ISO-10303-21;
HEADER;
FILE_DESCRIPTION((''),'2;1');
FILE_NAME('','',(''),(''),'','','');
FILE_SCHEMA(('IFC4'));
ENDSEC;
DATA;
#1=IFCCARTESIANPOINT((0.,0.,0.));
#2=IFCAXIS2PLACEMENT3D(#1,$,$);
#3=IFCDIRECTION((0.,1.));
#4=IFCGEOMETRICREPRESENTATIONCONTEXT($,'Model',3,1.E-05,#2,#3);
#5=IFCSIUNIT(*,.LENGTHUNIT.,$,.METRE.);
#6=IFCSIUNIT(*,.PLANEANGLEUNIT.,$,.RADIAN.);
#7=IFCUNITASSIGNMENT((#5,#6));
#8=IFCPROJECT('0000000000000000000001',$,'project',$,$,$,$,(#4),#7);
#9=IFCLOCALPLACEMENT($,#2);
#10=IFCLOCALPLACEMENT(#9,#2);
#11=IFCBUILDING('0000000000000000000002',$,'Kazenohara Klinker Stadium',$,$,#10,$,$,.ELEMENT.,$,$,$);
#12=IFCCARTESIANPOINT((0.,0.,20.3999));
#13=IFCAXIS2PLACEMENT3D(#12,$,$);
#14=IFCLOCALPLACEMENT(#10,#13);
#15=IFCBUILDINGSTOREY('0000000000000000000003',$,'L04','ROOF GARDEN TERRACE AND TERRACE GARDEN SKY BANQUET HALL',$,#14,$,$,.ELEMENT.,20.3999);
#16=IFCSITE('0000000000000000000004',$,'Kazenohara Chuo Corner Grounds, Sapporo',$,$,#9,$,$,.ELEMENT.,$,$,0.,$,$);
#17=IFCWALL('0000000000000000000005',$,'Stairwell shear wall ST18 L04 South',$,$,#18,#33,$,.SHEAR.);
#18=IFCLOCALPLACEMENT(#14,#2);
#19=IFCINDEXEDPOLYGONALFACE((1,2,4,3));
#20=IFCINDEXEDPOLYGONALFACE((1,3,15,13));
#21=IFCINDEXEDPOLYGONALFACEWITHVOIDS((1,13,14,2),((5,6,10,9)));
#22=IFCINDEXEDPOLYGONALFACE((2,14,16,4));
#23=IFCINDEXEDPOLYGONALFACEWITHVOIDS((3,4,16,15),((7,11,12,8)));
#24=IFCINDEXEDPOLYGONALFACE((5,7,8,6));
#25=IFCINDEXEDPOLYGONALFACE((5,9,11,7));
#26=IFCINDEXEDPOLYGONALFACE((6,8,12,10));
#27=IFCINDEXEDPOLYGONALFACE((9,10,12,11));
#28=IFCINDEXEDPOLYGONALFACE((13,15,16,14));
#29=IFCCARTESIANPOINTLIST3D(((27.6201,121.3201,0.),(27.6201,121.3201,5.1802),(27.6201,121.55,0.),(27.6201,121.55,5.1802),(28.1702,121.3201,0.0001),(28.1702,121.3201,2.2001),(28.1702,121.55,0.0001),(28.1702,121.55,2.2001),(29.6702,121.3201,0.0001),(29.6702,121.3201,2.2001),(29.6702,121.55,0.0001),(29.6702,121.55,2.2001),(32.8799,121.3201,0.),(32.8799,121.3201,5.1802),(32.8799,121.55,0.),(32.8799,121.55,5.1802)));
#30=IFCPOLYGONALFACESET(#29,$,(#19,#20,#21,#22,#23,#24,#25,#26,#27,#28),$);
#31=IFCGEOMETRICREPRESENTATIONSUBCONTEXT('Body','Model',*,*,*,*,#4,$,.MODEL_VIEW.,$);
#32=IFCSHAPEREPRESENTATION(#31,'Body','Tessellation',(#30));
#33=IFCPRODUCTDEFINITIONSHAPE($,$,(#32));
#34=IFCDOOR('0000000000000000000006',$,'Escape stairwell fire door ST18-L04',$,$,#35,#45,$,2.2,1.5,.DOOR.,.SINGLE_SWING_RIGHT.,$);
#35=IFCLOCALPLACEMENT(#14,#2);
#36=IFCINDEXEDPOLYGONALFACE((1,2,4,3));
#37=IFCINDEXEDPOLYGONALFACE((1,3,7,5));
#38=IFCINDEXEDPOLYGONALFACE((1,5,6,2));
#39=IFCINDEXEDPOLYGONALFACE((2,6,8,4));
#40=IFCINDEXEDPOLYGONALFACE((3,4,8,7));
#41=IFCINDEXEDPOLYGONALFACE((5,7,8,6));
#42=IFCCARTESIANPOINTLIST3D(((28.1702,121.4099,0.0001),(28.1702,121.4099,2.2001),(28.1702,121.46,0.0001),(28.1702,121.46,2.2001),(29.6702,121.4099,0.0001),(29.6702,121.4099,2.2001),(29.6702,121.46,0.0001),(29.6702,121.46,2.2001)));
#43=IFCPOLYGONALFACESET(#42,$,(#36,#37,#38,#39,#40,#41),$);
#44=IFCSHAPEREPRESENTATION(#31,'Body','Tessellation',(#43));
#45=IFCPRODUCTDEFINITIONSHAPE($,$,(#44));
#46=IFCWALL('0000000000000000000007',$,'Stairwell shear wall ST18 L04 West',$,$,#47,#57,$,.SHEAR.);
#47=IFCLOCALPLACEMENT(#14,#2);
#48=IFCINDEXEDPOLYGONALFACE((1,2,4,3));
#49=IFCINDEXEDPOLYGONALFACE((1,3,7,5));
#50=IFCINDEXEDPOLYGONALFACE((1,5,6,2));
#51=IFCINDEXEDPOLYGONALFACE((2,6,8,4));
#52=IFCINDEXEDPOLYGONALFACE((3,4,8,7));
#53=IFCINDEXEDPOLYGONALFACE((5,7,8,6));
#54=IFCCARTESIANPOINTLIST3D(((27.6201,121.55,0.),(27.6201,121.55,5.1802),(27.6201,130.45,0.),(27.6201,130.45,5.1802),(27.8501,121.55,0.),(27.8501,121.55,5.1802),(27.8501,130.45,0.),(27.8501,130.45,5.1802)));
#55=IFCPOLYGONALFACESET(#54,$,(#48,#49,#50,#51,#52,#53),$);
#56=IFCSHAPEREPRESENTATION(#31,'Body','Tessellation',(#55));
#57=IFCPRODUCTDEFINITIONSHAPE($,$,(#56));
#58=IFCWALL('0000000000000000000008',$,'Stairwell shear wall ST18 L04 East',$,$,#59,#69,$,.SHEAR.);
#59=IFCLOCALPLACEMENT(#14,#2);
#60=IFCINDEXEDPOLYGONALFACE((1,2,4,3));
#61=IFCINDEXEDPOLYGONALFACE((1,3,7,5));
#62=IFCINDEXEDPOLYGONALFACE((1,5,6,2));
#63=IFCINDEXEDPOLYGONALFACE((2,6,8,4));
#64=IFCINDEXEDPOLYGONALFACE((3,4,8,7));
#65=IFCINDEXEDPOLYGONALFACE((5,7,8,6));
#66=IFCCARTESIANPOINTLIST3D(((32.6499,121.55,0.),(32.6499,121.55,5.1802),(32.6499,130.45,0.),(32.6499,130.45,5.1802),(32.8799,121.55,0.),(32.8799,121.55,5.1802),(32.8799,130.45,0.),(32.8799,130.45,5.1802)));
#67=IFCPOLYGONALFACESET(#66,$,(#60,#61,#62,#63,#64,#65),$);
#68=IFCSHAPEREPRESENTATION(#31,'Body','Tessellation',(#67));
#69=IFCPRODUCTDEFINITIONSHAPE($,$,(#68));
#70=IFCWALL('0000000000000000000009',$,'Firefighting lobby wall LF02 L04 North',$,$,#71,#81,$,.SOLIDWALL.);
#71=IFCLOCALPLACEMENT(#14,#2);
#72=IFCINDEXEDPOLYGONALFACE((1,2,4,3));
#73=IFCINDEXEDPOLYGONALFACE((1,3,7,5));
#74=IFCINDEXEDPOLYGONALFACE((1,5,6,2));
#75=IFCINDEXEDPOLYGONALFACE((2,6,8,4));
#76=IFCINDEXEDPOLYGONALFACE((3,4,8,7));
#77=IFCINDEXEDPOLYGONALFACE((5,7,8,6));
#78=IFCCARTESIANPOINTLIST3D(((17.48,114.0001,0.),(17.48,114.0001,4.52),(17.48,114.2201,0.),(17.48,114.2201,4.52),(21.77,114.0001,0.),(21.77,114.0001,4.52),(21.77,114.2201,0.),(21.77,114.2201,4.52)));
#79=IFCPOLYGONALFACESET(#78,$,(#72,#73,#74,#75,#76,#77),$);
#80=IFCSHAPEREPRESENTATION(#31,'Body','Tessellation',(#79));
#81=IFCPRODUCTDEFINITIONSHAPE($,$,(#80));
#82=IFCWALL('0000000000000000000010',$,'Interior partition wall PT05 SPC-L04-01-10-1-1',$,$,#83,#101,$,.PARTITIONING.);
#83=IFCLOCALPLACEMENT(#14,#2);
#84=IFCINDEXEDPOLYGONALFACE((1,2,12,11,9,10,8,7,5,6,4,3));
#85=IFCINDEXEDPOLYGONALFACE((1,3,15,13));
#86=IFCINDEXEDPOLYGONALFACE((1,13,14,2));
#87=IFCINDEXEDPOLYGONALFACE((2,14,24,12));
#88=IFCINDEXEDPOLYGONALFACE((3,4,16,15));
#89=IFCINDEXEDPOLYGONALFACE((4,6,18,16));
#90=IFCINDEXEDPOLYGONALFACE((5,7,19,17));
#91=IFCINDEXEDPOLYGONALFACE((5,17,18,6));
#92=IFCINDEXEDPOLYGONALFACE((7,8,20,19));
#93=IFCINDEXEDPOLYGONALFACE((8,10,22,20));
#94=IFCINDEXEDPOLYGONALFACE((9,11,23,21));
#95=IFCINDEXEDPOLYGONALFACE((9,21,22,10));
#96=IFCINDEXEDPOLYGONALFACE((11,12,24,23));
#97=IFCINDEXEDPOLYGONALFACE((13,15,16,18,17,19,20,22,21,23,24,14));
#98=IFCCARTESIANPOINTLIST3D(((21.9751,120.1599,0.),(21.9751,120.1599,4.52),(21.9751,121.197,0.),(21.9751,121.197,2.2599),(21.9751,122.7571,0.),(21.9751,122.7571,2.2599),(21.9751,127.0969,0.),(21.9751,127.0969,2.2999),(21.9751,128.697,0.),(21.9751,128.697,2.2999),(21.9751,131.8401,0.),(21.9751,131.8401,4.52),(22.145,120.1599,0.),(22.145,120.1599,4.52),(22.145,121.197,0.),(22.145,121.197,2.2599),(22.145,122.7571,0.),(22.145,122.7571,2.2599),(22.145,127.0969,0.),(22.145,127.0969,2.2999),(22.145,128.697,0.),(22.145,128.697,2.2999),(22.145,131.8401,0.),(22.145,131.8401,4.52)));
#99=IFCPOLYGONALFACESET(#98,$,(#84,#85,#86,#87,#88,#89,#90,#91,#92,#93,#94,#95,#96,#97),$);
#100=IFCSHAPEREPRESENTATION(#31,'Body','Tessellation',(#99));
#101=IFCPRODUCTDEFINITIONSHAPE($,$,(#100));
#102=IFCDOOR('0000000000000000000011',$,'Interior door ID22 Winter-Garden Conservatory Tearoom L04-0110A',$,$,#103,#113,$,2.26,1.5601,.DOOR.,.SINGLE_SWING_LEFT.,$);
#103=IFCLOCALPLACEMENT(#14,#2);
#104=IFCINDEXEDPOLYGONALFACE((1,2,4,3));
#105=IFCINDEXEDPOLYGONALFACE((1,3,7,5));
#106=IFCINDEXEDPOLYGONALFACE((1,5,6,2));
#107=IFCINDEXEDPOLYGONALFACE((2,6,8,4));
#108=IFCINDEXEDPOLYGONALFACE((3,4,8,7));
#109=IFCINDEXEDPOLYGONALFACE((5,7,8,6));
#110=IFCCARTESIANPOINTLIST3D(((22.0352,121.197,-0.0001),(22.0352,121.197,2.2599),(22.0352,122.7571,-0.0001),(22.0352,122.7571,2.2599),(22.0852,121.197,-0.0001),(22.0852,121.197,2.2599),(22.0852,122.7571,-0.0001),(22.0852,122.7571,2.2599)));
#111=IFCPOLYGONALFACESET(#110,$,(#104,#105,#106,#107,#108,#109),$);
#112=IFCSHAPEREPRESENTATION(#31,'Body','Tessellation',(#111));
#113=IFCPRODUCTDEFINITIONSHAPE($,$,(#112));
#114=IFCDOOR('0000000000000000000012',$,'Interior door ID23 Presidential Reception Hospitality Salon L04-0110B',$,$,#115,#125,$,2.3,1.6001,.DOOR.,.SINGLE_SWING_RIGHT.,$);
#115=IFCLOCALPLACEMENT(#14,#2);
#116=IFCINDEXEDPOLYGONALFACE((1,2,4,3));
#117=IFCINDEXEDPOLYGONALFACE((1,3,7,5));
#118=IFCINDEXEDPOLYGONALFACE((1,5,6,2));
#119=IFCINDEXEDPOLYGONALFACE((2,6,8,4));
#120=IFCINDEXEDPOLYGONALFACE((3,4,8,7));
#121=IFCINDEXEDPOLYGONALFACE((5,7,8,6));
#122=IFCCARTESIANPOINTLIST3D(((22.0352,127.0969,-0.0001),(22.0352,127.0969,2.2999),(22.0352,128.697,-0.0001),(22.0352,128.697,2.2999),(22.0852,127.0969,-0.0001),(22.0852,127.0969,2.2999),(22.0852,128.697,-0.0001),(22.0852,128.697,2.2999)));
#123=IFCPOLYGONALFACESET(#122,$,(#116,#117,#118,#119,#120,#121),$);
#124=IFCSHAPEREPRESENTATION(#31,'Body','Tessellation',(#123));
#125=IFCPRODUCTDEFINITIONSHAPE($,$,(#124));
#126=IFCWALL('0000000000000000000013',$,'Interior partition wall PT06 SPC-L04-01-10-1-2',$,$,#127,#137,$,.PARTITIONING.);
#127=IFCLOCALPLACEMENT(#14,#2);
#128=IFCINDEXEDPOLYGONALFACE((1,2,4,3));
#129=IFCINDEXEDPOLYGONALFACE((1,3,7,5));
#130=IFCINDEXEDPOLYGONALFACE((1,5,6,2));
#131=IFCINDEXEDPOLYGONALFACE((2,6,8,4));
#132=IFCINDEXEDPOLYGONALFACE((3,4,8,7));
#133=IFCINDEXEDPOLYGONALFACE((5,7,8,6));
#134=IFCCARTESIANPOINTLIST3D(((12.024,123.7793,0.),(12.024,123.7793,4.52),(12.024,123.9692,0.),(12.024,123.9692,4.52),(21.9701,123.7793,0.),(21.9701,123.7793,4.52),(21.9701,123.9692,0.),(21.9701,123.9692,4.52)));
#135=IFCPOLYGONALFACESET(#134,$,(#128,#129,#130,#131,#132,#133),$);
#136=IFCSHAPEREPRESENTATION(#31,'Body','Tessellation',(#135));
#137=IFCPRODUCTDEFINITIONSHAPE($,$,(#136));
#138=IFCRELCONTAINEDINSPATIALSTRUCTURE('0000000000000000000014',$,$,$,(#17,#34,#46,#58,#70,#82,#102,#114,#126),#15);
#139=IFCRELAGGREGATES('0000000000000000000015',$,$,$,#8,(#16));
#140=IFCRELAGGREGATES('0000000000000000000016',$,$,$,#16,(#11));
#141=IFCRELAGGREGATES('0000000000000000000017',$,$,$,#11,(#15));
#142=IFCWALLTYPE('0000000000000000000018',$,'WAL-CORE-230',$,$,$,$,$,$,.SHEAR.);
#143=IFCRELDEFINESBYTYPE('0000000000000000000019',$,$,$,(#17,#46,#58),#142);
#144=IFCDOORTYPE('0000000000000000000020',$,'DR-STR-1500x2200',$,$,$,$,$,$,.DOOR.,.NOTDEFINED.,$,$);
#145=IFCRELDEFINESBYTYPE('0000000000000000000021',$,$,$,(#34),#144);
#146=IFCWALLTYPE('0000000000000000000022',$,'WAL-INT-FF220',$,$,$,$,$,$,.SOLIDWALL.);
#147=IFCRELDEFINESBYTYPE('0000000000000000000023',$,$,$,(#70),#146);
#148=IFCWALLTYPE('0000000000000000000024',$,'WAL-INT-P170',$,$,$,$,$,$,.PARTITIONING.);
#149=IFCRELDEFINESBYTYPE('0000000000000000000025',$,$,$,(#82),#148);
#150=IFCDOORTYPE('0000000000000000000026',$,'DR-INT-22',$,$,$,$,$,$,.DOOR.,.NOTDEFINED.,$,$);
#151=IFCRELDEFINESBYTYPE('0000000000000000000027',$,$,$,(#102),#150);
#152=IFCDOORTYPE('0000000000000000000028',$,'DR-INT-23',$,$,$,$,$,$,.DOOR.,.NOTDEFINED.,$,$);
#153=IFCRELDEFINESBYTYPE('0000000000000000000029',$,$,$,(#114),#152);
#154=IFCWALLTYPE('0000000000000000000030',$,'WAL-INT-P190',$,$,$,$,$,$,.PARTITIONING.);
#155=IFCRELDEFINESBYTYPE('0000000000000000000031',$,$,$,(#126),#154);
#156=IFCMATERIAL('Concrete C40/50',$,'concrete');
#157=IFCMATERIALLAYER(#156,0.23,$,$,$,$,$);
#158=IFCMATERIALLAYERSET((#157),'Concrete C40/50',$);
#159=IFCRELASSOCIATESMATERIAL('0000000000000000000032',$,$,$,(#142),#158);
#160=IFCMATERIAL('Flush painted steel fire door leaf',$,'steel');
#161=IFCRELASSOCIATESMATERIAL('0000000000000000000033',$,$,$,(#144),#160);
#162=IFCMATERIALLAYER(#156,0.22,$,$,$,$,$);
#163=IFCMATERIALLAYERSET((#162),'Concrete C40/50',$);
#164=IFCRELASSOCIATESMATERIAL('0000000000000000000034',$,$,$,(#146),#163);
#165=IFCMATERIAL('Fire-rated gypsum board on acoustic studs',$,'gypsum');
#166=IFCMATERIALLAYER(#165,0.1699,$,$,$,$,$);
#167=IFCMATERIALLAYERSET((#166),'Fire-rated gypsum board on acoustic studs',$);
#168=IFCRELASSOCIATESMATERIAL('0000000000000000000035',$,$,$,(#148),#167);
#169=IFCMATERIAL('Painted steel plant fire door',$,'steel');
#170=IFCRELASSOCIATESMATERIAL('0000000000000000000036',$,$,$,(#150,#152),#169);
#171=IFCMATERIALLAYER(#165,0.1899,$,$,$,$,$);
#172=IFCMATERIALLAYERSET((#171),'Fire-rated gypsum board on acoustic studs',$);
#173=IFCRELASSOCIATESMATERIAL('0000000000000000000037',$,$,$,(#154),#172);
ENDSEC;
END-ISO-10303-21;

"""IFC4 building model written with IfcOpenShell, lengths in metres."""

from ifc_helpers import new_model, si_unit, direction, frame, frame_2d, origin, place, context, subcontext, project, spatial, rectangle, extrude, material, layer, layer_set, type_object, element, fill, save


model = new_model("IFC4")

# Units and contexts
model_context = context("Model", 3, precision=1e-05, world=origin(), true_north=direction((0.0, 1.0)))
body_context = subcontext(model_context, "Body", "Model", "MODEL_VIEW")
ifc_project = project(units=[si_unit("LENGTHUNIT", "METRE"), si_unit("PLANEANGLEUNIT", "RADIAN")], contexts=[model_context])

# Site, building, storey
site_placement = place(None, origin())
site = spatial("IfcSite", under=ifc_project, at=site_placement, Name="Kazenohara Chuo Corner Grounds, Sapporo", CompositionType="ELEMENT", RefElevation=0.0)
building_placement = place(site_placement, origin())
building = spatial("IfcBuilding", under=site, at=building_placement, Name="Kazenohara Klinker Stadium", CompositionType="ELEMENT")
storey_placement = place(building_placement, frame((0.0, 0.0, 20.3999)))
storey = spatial("IfcBuildingStorey", under=building, at=storey_placement, Name="L04", Description="ROOF GARDEN TERRACE AND TERRACE GARDEN SKY BANQUET HALL", CompositionType="ELEMENT", Elevation=20.3999)

# Shared definitions
ifc_material_1 = material(Name="Concrete C40/50", Category="concrete")

# Wall, opening, door
ifc_layer_1 = layer(ifc_material_1, 0.23)
ifc_layer_set_1 = layer_set([ifc_layer_1], Name="Concrete C40/50")
wall_type_1 = type_object("IfcWallType", Name="WAL-CORE-230", PredefinedType="SHEAR", material=ifc_layer_set_1)
wall_1_placement = place(storey_placement, frame((27.6201, 121.4351, 0.0), z_axis=(0.0, 0.0, 1.0), x_axis=(1.0, 0.0, 0.0)))
wall_1 = element("IfcWall", 1, at=wall_1_placement, inside=storey, type_object=wall_type_1, Name="Stairwell shear wall ST18 L04 South", PredefinedType="SHEAR", context=body_context, shape_type="SweptSolid", body=[
    extrude(rectangle(XDim=5.2598, YDim=0.23, at=frame_2d((2.6299, 0.0))), origin(), (0.0, 0.0, 1.0), 5.1802),
])
opening_1_placement = place(wall_1_placement, frame((0.55, 0.0, 0.0)))
opening_1 = element("IfcOpeningElement", 2, at=opening_1_placement, cuts=wall_1, PredefinedType="OPENING", context=body_context, shape_type="SweptSolid", body=[
    extrude(rectangle(XDim=1.5, YDim=2.2, at=frame_2d((0.75, 1.1001))), frame((0.0, 0.125, 0.0), z_axis=(0.0, -1.0, 0.0), x_axis=(1.0, 0.0, 0.0)), (0.0, 0.0, 1.0), 0.25),
])
ifc_material_2 = material(Name="Flush painted steel fire door leaf", Category="steel")
door_type_1 = type_object("IfcDoorType", Name="DR-STR-1500x2200", OperationType="NOTDEFINED", PredefinedType="DOOR", material=ifc_material_2)
door_1_placement = place(opening_1_placement, origin())
door_1 = element("IfcDoor", 3, at=door_1_placement, inside=storey, type_object=door_type_1, Name="Escape stairwell fire door ST18-L04", OperationType="SINGLE_SWING_RIGHT", OverallHeight=2.2, OverallWidth=1.5, PredefinedType="DOOR", context=body_context, shape_type="SweptSolid", body=[
    extrude(rectangle(XDim=1.5, YDim=2.2, at=frame_2d((0.75, 1.1001))), frame((0.0, 0.0249, 0.0), z_axis=(0.0, -1.0, 0.0), x_axis=(1.0, 0.0, 0.0)), (0.0, 0.0, 1.0), 0.05),
])
fill(opening_1, door_1)

# Walls
for number, where, z_axis, x_axis, name in (
    (4, (27.7351, 121.55, 0.0), (0.0, 0.0, 1.0), (0.0, 1.0, 0.0), "Stairwell shear wall ST18 L04 West"),
    (5, (32.7649, 121.55, 0.0), (0.0, 0.0, 1.0), (0.0, 1.0, 0.0), "Stairwell shear wall ST18 L04 East"),
):
    element("IfcWall", number, at=place(storey_placement, frame(where, z_axis=z_axis, x_axis=x_axis)), inside=storey, type_object=wall_type_1, Name=name, PredefinedType="SHEAR", context=body_context, shape_type="SweptSolid", body=[
        extrude(rectangle(XDim=8.8999, YDim=0.23, at=frame_2d((4.45, 0.0))), origin(), (0.0, 0.0, 1.0), 5.1802),
    ])
ifc_layer_2 = layer(ifc_material_1, 0.22)
ifc_layer_set_2 = layer_set([ifc_layer_2], Name="Concrete C40/50")
wall_type_2 = type_object("IfcWallType", Name="WAL-INT-FF220", PredefinedType="SOLIDWALL", material=ifc_layer_set_2)
wall_2_placement = place(storey_placement, frame((17.48, 114.1101, 0.0), z_axis=(0.0, 0.0, 1.0), x_axis=(1.0, 0.0, 0.0)))
element("IfcWall", 6, at=wall_2_placement, inside=storey, type_object=wall_type_2, Name="Firefighting lobby wall LF02 L04 North", PredefinedType="SOLIDWALL", context=body_context, shape_type="SweptSolid", body=[
    extrude(rectangle(XDim=4.29, YDim=0.22, at=frame_2d((2.145, 0.0))), origin(), (0.0, 0.0, 1.0), 4.52),
])

# Wall, openings, doors
ifc_material_3 = material(Name="Fire-rated gypsum board on acoustic studs", Category="gypsum")
ifc_layer_3 = layer(ifc_material_3, 0.1699)
ifc_layer_set_3 = layer_set([ifc_layer_3], Name="Fire-rated gypsum board on acoustic studs")
wall_type_3 = type_object("IfcWallType", Name="WAL-INT-P170", PredefinedType="PARTITIONING", material=ifc_layer_set_3)
wall_3_placement = place(storey_placement, frame((22.0601, 120.1599, 0.0), z_axis=(0.0, 0.0, 1.0), x_axis=(0.0, 1.0, 0.0)))
wall_3 = element("IfcWall", 7, at=wall_3_placement, inside=storey, type_object=wall_type_3, Name="Interior partition wall PT05 SPC-L04-01-10-1-1", PredefinedType="PARTITIONING", context=body_context, shape_type="SweptSolid", body=[
    extrude(rectangle(XDim=11.6802, YDim=0.1699, at=frame_2d((5.8401, 0.0))), origin(), (0.0, 0.0, 1.0), 4.52),
])
opening_2_placement = place(wall_3_placement, frame((1.0371, 0.0, 0.0)))
opening_2 = element("IfcOpeningElement", 8, at=opening_2_placement, cuts=wall_3, PredefinedType="OPENING", context=body_context, shape_type="SweptSolid", body=[
    extrude(rectangle(XDim=1.5601, YDim=2.26, at=frame_2d((0.78, 1.1299))), frame((0.0, 0.095, 0.0), z_axis=(0.0, -1.0, 0.0), x_axis=(1.0, 0.0, 0.0)), (0.0, 0.0, 1.0), 0.1899),
])
opening_3_placement = place(wall_3_placement, frame((6.937, 0.0, 0.0)))
opening_3 = element("IfcOpeningElement", 9, at=opening_3_placement, cuts=wall_3, PredefinedType="OPENING", context=body_context, shape_type="SweptSolid", body=[
    extrude(rectangle(XDim=1.6001, YDim=2.3, at=frame_2d((0.8, 1.1499))), frame((0.0, 0.095, 0.0), z_axis=(0.0, -1.0, 0.0), x_axis=(1.0, 0.0, 0.0)), (0.0, 0.0, 1.0), 0.1899),
])
ifc_material_4 = material(Name="Painted steel plant fire door", Category="steel")
door_type_2 = type_object("IfcDoorType", Name="DR-INT-22", OperationType="NOTDEFINED", PredefinedType="DOOR", material=ifc_material_4)
door_2_placement = place(opening_2_placement, origin())
door_2 = element("IfcDoor", 10, at=door_2_placement, inside=storey, type_object=door_type_2, Name="Interior door ID22 Winter-Garden Conservatory Tearoom L04-0110A", OperationType="SINGLE_SWING_LEFT", OverallHeight=2.26, OverallWidth=1.5601, PredefinedType="DOOR", context=body_context, shape_type="SweptSolid", body=[
    extrude(rectangle(XDim=1.5601, YDim=2.26, at=frame_2d((0.78, 1.1299))), frame((0.0, 0.0249, 0.0), z_axis=(0.0, -1.0, 0.0), x_axis=(1.0, 0.0, 0.0)), (0.0, 0.0, 1.0), 0.05),
])
fill(opening_2, door_2)
door_type_3 = type_object("IfcDoorType", Name="DR-INT-23", OperationType="NOTDEFINED", PredefinedType="DOOR", material=ifc_material_4)
door_3_placement = place(opening_3_placement, origin())
door_3 = element("IfcDoor", 11, at=door_3_placement, inside=storey, type_object=door_type_3, Name="Interior door ID23 Presidential Reception Hospitality Salon L04-0110B", OperationType="SINGLE_SWING_RIGHT", OverallHeight=2.3, OverallWidth=1.6001, PredefinedType="DOOR", context=body_context, shape_type="SweptSolid", body=[
    extrude(rectangle(XDim=1.6001, YDim=2.3, at=frame_2d((0.8, 1.1499))), frame((0.0, 0.0249, 0.0), z_axis=(0.0, -1.0, 0.0), x_axis=(1.0, 0.0, 0.0)), (0.0, 0.0, 1.0), 0.05),
])
fill(opening_3, door_3)

# Wall
ifc_layer_4 = layer(ifc_material_3, 0.1899)
ifc_layer_set_4 = layer_set([ifc_layer_4], Name="Fire-rated gypsum board on acoustic studs")
wall_type_4 = type_object("IfcWallType", Name="WAL-INT-P190", PredefinedType="PARTITIONING", material=ifc_layer_set_4)
wall_4_placement = place(storey_placement, frame((12.0239, 123.8743, 0.0), z_axis=(0.0, 0.0, 1.0), x_axis=(1.0, 0.0, 0.0)))
element("IfcWall", 12, at=wall_4_placement, inside=storey, type_object=wall_type_4, Name="Interior partition wall PT06 SPC-L04-01-10-1-2", PredefinedType="PARTITIONING", context=body_context, shape_type="SweptSolid", body=[
    extrude(rectangle(XDim=9.946, YDim=0.1899, at=frame_2d((4.9731, 0.0))), origin(), (0.0, 0.0, 1.0), 4.52),
])

save(model, "model.ifc")
